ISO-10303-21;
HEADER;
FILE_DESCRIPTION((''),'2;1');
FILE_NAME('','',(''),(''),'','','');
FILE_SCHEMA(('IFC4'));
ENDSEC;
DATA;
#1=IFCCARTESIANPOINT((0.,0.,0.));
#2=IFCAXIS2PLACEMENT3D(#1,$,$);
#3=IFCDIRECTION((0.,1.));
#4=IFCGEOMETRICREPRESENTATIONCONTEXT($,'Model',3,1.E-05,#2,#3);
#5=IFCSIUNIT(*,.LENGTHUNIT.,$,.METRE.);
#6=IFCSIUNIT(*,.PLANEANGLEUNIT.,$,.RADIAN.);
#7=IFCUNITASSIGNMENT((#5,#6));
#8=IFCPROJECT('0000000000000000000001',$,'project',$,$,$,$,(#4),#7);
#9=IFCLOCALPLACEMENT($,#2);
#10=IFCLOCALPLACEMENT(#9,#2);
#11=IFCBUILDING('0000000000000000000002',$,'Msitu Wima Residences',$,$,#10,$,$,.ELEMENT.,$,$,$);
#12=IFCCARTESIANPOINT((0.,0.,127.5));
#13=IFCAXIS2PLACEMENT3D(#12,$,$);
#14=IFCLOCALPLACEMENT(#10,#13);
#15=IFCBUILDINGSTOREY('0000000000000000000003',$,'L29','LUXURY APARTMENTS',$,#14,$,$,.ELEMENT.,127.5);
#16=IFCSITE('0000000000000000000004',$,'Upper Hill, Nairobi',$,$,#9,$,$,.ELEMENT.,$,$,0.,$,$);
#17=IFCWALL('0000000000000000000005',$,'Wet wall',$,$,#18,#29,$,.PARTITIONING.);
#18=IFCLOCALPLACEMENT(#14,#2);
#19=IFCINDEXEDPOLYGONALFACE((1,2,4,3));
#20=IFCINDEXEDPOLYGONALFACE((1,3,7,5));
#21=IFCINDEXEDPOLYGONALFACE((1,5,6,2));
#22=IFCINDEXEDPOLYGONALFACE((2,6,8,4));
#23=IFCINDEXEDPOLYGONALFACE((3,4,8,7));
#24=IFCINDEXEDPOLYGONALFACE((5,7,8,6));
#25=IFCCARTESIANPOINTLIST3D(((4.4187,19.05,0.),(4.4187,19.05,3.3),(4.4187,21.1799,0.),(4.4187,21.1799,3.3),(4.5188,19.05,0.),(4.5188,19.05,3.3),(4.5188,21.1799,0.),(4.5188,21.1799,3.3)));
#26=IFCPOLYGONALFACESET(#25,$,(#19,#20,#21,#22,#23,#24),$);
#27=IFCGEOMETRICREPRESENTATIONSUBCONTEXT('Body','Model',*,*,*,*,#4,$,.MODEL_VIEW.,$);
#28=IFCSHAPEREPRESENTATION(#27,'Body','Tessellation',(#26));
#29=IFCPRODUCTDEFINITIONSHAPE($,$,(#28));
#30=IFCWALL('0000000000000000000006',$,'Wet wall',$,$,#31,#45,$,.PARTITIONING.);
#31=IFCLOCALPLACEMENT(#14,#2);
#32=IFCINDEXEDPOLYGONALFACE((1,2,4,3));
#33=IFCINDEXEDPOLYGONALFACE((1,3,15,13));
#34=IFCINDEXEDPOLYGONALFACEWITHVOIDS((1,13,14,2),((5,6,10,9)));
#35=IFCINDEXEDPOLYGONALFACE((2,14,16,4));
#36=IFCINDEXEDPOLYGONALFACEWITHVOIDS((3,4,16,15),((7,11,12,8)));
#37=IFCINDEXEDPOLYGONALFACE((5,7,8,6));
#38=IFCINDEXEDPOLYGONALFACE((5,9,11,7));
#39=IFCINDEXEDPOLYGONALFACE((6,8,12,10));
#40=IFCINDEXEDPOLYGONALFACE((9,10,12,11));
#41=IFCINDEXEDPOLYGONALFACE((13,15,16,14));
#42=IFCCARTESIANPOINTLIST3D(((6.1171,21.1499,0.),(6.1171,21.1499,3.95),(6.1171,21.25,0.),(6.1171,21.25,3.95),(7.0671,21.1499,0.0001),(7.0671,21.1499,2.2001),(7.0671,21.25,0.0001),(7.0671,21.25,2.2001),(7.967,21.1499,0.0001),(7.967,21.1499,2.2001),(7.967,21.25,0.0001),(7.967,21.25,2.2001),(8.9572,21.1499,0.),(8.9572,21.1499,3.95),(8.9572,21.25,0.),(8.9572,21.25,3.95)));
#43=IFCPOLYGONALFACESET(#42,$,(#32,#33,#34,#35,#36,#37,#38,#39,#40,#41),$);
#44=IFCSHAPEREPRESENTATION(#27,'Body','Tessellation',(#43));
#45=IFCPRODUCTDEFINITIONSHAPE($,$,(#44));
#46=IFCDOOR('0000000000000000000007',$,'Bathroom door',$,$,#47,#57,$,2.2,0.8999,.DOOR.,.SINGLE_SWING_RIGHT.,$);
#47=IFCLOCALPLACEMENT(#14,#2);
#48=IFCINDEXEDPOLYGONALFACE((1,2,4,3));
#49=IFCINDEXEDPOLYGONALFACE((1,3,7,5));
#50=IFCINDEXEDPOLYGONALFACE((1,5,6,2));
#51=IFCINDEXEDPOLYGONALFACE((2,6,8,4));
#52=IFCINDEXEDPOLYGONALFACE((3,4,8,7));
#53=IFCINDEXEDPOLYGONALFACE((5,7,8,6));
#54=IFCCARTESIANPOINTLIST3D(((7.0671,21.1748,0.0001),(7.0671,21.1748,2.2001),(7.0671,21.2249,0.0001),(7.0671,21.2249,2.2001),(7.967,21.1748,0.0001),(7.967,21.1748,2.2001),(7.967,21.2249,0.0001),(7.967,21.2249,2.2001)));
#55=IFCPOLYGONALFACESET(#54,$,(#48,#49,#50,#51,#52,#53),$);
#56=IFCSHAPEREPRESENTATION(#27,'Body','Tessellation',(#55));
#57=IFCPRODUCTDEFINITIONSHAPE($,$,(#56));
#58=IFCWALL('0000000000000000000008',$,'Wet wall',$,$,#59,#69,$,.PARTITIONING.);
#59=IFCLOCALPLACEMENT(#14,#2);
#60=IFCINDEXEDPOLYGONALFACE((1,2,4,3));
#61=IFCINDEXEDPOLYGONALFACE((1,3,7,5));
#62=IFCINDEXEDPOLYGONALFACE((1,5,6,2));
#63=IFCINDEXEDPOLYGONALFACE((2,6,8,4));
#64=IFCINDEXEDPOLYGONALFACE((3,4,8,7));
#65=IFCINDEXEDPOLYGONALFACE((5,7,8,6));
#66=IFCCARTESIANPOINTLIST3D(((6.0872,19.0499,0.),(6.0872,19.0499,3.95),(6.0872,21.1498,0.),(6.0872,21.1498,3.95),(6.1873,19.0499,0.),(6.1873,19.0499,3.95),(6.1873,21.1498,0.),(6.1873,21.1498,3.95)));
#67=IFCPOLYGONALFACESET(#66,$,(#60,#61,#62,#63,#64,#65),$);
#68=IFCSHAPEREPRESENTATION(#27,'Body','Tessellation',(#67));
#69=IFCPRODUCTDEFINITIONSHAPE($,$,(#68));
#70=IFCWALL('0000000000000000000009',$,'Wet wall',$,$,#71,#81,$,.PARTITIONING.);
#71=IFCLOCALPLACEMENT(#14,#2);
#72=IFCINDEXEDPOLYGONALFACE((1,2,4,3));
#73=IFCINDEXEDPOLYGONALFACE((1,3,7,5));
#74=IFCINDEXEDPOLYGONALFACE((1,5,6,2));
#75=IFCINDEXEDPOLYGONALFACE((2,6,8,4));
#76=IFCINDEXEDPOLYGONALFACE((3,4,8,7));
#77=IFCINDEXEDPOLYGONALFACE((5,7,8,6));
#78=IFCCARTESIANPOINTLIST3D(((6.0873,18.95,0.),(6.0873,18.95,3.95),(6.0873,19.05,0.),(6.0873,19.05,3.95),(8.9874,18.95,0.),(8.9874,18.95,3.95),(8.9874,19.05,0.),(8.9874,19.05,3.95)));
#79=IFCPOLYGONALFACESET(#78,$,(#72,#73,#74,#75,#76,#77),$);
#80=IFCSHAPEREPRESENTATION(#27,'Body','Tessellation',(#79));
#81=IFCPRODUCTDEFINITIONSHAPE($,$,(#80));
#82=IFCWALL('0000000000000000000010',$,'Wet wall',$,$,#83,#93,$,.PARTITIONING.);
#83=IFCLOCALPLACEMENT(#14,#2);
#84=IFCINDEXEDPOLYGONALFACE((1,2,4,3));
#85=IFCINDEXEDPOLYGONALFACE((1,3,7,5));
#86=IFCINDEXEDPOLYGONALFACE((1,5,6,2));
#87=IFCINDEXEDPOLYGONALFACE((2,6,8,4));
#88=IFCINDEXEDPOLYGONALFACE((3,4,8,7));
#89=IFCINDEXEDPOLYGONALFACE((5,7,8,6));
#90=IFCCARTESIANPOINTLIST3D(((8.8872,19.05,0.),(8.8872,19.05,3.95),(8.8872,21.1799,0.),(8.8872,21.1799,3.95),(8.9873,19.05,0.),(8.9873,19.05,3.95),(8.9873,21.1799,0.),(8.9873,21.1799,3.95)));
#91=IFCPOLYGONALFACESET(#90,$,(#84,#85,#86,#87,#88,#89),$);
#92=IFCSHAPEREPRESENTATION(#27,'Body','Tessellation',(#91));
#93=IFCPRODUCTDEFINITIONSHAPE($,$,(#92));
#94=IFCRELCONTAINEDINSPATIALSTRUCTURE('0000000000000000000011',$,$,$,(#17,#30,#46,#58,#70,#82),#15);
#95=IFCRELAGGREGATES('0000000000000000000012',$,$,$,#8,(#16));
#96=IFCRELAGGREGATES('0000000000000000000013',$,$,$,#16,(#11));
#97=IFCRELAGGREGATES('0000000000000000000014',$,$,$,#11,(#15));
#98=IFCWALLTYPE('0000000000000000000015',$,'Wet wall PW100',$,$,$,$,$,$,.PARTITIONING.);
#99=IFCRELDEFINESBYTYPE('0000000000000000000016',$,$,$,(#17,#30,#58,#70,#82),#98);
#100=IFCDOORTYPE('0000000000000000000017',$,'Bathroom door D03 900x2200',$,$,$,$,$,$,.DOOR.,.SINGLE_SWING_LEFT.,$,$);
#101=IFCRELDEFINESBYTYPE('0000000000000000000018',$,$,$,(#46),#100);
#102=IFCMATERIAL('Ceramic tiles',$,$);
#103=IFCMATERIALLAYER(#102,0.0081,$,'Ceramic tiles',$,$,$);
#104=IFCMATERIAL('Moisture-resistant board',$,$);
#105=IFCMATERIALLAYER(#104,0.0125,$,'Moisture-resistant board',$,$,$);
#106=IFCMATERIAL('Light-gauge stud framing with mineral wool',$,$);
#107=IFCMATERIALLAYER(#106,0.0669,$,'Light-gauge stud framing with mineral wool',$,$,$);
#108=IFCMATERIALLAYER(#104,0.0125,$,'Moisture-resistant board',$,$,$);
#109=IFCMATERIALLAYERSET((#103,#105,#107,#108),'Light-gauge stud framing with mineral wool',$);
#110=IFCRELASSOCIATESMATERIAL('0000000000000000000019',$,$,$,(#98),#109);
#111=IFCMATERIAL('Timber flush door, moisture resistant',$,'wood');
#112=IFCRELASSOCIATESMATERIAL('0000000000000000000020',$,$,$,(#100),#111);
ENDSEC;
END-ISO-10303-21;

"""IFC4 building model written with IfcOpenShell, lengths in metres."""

from ifc_helpers import new_model, si_unit, direction, frame, frame_2d, origin, place, context, subcontext, project, spatial, rectangle, extrude, material, layer, layer_set, type_object, element, fill, save


model = new_model("IFC4")

# Units and contexts
model_context = context("Model", 3, precision=1e-05, world=origin(), true_north=direction((0.0, 1.0)))
body_context = subcontext(model_context, "Body", "Model", "MODEL_VIEW")
ifc_project = project(units=[si_unit("LENGTHUNIT", "METRE"), si_unit("PLANEANGLEUNIT", "RADIAN")], contexts=[model_context])

# Site, building, storey
site_placement = place(None, origin())
site = spatial("IfcSite", under=ifc_project, at=site_placement, Name="Upper Hill, Nairobi", CompositionType="ELEMENT", RefElevation=0.0)
building_placement = place(site_placement, origin())
building = spatial("IfcBuilding", under=site, at=building_placement, Name="Msitu Wima Residences", CompositionType="ELEMENT")
storey_placement = place(building_placement, frame((0.0, 0.0, 127.5)))
storey = spatial("IfcBuildingStorey", under=building, at=storey_placement, Name="L29", Description="LUXURY APARTMENTS", CompositionType="ELEMENT", Elevation=127.5)

# Shared definitions
ifc_material_1 = material(Name="Ceramic tiles")
ifc_layer_1 = layer(ifc_material_1, 0.0081, Name="Ceramic tiles")
ifc_material_2 = material(Name="Moisture-resistant board")
ifc_layer_2 = layer(ifc_material_2, 0.0125, Name="Moisture-resistant board")
ifc_material_3 = material(Name="Light-gauge stud framing with mineral wool")
ifc_layer_3 = layer(ifc_material_3, 0.0669, Name="Light-gauge stud framing with mineral wool")
ifc_layer_4 = layer(ifc_material_2, 0.0125, Name="Moisture-resistant board")
ifc_layer_set_1 = layer_set([ifc_layer_1, ifc_layer_2, ifc_layer_3, ifc_layer_4], Name="Light-gauge stud framing with mineral wool")
wall_type_1 = type_object("IfcWallType", Name="Wet wall PW100", PredefinedType="PARTITIONING", material=ifc_layer_set_1)
ifc_material_4 = material(Name="Timber flush door, moisture resistant", Category="wood")
door_type_1 = type_object("IfcDoorType", Name="Bathroom door D03 900x2200", OperationType="SINGLE_SWING_LEFT", PredefinedType="DOOR", material=ifc_material_4)

# Wall
wall_1_placement = place(storey_placement, frame((4.4688, 19.05, 0.0), z_axis=(0.0, 0.0, 1.0), x_axis=(0.0, 1.0, 0.0)))
element("IfcWall", 1, at=wall_1_placement, inside=storey, type_object=wall_type_1, Name="Wet wall", PredefinedType="PARTITIONING", context=body_context, shape_type="SweptSolid", body=[
    extrude(rectangle(XDim=2.1299, YDim=0.1001, at=frame_2d((1.0649, 0.0))), origin(), (0.0, 0.0, 1.0), 3.3),
])

# Wall, opening, door
wall_2_placement = place(storey_placement, frame((6.1172, 21.2, 0.0), z_axis=(0.0, 0.0, 1.0), x_axis=(1.0, 0.0, 0.0)))
wall_2 = element("IfcWall", 2, at=wall_2_placement, inside=storey, type_object=wall_type_1, Name="Wet wall", PredefinedType="PARTITIONING", context=body_context, shape_type="SweptSolid", body=[
    extrude(rectangle(XDim=2.8401, YDim=0.1001, at=frame_2d((1.4199, 0.0))), origin(), (0.0, 0.0, 1.0), 3.95),
])
opening_1_placement = place(wall_2_placement, frame((0.95, 0.0, 0.0)))
opening_1 = element("IfcOpeningElement", 3, at=opening_1_placement, cuts=wall_2, PredefinedType="OPENING", context=body_context, shape_type="SweptSolid", body=[
    extrude(rectangle(XDim=0.8999, YDim=2.2, at=frame_2d((0.45, 1.1001))), frame((0.0, 0.0601, 0.0), z_axis=(0.0, -1.0, 0.0), x_axis=(1.0, 0.0, 0.0)), (0.0, 0.0, 1.0), 0.1201),
])
door_1_placement = place(opening_1_placement, origin())
door_1 = element("IfcDoor", 4, at=door_1_placement, inside=storey, type_object=door_type_1, Name="Bathroom door", OperationType="SINGLE_SWING_RIGHT", OverallHeight=2.2, OverallWidth=0.8999, PredefinedType="DOOR", context=body_context, shape_type="SweptSolid", body=[
    extrude(rectangle(XDim=0.8999, YDim=2.2, at=frame_2d((0.45, 1.1001))), frame((0.0, 0.0249, 0.0), z_axis=(0.0, -1.0, 0.0), x_axis=(1.0, 0.0, 0.0)), (0.0, 0.0, 1.0), 0.05),
])
fill(opening_1, door_1)

# Walls
wall_3_placement = place(storey_placement, frame((6.1372, 19.05, 0.0), z_axis=(0.0, 0.0, 1.0), x_axis=(0.0, 1.0, 0.0)))
element("IfcWall", 5, at=wall_3_placement, inside=storey, type_object=wall_type_1, Name="Wet wall", PredefinedType="PARTITIONING", context=body_context, shape_type="SweptSolid", body=[
    extrude(rectangle(XDim=2.0999, YDim=0.1001, at=frame_2d((1.0498, 0.0))), origin(), (0.0, 0.0, 1.0), 3.95),
])
wall_4_placement = place(storey_placement, frame((6.0872, 19.0, 0.0), z_axis=(0.0, 0.0, 1.0), x_axis=(1.0, 0.0, 0.0)))
element("IfcWall", 6, at=wall_4_placement, inside=storey, type_object=wall_type_1, Name="Wet wall", PredefinedType="PARTITIONING", context=body_context, shape_type="SweptSolid", body=[
    extrude(rectangle(XDim=2.9001, YDim=0.1001, at=frame_2d((1.4502, 0.0))), origin(), (0.0, 0.0, 1.0), 3.95),
])
wall_5_placement = place(storey_placement, frame((8.9373, 19.05, 0.0), z_axis=(0.0, 0.0, 1.0), x_axis=(0.0, 1.0, 0.0)))
element("IfcWall", 7, at=wall_5_placement, inside=storey, type_object=wall_type_1, Name="Wet wall", PredefinedType="PARTITIONING", context=body_context, shape_type="SweptSolid", body=[
    extrude(rectangle(XDim=2.1299, YDim=0.1001, at=frame_2d((1.0649, 0.0))), origin(), (0.0, 0.0, 1.0), 3.95),
])

save(model, "model.ifc")
